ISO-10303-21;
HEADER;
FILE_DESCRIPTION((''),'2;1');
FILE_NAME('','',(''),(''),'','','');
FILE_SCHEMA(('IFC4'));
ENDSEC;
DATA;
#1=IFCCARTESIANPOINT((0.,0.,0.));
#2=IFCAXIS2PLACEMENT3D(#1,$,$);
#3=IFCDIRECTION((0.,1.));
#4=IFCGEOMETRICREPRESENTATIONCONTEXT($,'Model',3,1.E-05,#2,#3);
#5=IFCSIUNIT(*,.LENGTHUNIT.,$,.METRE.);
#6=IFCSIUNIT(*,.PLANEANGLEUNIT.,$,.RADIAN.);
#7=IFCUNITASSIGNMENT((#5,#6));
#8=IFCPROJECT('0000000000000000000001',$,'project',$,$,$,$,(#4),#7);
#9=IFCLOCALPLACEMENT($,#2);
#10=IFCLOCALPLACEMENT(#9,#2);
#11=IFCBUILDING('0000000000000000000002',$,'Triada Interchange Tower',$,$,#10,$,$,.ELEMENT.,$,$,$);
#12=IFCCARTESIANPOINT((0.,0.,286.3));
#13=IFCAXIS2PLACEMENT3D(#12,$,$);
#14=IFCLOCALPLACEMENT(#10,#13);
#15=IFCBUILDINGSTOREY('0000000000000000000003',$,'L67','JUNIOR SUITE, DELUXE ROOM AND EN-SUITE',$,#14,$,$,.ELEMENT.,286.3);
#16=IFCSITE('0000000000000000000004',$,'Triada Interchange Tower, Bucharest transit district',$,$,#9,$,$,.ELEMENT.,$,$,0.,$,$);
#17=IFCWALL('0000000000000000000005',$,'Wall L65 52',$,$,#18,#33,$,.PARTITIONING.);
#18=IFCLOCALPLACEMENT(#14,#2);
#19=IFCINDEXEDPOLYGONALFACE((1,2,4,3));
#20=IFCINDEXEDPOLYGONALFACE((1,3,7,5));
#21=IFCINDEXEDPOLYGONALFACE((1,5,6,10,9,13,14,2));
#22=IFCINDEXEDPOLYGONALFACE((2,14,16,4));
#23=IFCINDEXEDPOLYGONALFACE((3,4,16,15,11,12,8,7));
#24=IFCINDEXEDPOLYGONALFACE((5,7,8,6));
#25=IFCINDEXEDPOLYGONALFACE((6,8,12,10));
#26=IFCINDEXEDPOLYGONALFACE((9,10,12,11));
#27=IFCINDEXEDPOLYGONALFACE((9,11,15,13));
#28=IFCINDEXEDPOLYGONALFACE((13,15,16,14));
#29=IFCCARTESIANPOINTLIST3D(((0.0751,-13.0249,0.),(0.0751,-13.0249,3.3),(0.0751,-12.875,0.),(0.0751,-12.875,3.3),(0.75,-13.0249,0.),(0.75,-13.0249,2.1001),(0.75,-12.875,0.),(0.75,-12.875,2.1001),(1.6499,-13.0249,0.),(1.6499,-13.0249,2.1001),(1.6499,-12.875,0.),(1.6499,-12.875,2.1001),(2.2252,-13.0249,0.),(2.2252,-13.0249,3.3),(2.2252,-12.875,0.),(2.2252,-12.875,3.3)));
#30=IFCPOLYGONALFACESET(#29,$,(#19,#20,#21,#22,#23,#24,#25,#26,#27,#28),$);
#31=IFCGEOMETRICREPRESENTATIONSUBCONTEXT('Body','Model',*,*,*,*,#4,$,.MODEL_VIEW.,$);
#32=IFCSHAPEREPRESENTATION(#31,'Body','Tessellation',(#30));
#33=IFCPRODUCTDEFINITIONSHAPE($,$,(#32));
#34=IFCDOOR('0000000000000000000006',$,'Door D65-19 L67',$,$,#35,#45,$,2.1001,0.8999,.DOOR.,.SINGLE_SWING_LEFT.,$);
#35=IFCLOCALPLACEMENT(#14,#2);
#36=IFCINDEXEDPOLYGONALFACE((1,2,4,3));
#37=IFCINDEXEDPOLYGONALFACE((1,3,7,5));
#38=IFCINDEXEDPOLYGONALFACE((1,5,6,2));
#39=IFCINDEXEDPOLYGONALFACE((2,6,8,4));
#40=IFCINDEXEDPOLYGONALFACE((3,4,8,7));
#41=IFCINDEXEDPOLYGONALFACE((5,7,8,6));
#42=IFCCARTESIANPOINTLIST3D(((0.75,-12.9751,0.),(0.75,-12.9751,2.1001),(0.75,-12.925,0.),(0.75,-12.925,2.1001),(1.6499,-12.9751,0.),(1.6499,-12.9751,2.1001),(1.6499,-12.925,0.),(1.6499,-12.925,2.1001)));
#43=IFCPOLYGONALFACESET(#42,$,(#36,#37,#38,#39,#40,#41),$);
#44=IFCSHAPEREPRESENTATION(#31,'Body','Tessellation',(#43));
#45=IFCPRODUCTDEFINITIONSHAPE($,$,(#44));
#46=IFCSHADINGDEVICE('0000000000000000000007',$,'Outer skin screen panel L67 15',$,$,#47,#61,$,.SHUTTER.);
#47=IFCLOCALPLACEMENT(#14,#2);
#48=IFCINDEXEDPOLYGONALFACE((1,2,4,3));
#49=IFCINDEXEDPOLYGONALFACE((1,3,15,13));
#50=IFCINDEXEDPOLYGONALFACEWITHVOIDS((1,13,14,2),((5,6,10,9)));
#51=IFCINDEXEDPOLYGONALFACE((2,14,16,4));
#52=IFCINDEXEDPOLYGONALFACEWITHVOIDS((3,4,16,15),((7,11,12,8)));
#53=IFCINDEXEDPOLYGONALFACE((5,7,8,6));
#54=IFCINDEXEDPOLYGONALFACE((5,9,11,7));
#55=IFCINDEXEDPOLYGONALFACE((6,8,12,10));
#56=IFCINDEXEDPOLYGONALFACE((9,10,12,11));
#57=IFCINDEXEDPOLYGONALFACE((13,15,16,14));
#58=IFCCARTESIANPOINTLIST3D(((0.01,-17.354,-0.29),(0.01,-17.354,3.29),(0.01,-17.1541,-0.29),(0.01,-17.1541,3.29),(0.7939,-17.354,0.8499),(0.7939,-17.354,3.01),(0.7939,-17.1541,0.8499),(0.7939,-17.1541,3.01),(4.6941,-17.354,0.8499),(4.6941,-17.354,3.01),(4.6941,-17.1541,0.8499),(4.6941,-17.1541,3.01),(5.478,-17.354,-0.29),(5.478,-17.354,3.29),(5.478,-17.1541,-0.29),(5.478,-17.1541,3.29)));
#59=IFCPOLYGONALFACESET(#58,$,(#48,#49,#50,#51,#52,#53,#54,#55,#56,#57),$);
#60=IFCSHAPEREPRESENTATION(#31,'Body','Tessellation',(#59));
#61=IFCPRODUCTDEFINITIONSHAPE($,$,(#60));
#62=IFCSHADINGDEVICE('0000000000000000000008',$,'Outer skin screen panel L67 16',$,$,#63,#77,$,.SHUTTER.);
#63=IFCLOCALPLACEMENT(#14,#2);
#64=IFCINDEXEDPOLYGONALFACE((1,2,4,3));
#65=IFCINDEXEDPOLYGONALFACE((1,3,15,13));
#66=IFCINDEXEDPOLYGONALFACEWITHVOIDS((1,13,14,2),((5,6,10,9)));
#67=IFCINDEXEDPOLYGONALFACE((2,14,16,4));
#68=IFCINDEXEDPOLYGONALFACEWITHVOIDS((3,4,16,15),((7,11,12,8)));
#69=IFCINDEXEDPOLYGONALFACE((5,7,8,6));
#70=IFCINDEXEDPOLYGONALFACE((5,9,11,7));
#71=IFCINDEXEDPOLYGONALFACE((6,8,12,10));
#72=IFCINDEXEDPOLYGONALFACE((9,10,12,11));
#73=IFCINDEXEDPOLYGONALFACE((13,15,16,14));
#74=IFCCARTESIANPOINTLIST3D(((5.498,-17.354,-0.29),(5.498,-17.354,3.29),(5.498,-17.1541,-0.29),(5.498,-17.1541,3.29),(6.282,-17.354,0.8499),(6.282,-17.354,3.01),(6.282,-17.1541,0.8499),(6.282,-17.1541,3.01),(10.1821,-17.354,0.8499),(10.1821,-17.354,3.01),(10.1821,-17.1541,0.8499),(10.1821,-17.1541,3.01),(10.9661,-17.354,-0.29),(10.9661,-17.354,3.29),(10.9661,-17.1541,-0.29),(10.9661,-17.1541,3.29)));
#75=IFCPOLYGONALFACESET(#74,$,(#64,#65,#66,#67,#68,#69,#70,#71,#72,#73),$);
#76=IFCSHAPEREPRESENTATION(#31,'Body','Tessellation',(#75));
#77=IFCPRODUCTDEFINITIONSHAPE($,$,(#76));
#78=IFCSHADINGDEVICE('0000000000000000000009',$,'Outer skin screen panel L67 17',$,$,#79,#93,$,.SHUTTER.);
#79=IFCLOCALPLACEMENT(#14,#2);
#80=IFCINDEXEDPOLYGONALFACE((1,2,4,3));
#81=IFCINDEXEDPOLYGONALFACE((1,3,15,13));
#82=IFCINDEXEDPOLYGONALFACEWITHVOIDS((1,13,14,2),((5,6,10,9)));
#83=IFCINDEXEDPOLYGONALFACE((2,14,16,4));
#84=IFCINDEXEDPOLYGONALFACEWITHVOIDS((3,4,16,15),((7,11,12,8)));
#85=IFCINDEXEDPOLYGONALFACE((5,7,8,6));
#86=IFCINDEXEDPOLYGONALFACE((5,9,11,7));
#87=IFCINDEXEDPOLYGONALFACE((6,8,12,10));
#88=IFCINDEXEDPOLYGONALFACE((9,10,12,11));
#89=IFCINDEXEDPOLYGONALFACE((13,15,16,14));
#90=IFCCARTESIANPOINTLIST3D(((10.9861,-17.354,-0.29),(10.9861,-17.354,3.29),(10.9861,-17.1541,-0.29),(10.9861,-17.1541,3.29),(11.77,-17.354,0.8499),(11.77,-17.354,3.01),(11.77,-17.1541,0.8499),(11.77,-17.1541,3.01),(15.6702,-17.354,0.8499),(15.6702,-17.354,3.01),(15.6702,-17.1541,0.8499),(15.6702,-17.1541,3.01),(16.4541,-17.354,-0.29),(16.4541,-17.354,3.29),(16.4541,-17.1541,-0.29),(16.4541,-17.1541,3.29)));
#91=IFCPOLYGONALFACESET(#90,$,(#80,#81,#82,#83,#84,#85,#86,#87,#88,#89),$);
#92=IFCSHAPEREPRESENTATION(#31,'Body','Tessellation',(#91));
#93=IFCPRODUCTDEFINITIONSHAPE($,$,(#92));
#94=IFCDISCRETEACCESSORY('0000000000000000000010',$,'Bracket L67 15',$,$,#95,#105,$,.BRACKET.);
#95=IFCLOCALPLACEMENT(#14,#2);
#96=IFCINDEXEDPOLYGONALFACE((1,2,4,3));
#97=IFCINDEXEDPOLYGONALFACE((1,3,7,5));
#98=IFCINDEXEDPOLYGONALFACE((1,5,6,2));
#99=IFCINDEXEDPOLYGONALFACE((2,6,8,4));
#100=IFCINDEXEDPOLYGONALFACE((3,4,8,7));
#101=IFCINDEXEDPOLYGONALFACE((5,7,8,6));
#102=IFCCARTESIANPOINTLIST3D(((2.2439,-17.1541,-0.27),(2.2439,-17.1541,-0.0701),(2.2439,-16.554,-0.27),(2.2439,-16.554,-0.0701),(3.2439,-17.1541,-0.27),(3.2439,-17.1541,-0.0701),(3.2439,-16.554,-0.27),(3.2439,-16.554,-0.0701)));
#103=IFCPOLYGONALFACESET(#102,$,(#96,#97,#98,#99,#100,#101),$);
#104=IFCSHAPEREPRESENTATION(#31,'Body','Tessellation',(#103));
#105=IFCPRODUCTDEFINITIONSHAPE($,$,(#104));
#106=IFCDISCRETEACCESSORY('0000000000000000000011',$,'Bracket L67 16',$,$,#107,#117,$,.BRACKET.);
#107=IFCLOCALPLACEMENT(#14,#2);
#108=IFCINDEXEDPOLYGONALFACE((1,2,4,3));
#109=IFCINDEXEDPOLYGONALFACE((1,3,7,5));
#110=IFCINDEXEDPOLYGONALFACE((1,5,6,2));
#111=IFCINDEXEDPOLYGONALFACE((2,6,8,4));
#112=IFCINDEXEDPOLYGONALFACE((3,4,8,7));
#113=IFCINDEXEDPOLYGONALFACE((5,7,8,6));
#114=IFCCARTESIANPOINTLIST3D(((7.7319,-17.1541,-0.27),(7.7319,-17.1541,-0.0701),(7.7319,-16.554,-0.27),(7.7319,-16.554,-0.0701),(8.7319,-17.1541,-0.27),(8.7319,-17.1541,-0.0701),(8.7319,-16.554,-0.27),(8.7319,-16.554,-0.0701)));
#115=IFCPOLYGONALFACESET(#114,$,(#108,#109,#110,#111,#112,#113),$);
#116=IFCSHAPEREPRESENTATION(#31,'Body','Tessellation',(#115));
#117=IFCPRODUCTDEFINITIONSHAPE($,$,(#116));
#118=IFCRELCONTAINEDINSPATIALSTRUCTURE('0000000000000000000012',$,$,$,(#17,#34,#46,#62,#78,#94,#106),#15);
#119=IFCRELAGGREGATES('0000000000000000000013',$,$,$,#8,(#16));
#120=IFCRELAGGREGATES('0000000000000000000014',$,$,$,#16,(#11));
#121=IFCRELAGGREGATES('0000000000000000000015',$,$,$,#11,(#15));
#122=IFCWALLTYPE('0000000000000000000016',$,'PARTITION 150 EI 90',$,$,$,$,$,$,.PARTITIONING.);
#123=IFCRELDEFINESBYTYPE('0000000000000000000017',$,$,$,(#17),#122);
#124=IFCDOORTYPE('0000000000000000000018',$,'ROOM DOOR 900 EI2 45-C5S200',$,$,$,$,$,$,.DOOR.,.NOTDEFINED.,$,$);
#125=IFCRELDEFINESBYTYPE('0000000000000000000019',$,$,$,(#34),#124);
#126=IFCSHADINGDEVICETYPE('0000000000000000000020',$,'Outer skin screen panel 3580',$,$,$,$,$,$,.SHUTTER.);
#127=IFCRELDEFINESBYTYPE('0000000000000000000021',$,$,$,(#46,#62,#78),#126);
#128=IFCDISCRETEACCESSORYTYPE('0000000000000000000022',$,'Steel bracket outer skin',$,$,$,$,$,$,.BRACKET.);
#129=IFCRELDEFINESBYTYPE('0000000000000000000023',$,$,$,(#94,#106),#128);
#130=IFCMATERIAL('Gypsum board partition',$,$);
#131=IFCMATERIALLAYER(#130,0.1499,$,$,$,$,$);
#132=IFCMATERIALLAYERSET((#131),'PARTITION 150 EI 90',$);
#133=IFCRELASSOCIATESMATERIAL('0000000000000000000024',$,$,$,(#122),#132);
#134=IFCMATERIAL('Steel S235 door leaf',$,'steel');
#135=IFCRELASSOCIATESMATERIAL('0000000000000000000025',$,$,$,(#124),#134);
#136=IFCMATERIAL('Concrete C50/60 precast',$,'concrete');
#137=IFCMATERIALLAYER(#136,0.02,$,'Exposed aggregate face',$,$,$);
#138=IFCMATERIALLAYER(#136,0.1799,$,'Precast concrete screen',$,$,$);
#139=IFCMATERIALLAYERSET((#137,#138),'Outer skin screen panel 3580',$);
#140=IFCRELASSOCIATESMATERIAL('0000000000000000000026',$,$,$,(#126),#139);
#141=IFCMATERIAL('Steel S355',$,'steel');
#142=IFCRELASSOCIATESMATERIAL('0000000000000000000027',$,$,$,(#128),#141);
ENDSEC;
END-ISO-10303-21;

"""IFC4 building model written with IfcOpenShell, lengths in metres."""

from ifc_helpers import new_model, si_unit, direction, frame, frame_2d, origin, origin_2d, place, context, subcontext, project, spatial, polyline, rectangle, outline, extrude, material, layer, layer_set, type_object, element, fill, save


model = new_model("IFC4")

# Units and contexts
model_context = context("Model", 3, precision=1e-05, world=origin(), true_north=direction((0.0, 1.0)))
body_context = subcontext(model_context, "Body", "Model", "MODEL_VIEW")
ifc_project = project(units=[si_unit("LENGTHUNIT", "METRE"), si_unit("PLANEANGLEUNIT", "RADIAN")], contexts=[model_context])

# Site, building, storey
site_placement = place(None, origin())
site = spatial("IfcSite", under=ifc_project, at=site_placement, Name="Triada Interchange Tower, Bucharest transit district", CompositionType="ELEMENT", RefElevation=0.0)
building_placement = place(site_placement, origin())
building = spatial("IfcBuilding", under=site, at=building_placement, Name="Triada Interchange Tower", CompositionType="ELEMENT")
storey_placement = place(building_placement, frame((0.0, 0.0, 286.3)))
storey = spatial("IfcBuildingStorey", under=building, at=storey_placement, Name="L67", Description="JUNIOR SUITE, DELUXE ROOM AND EN-SUITE", CompositionType="ELEMENT", Elevation=286.3)

# Shared definitions
ifc_material_1 = material(Name="Gypsum board partition")
ifc_layer_1 = layer(ifc_material_1, 0.1499)
ifc_layer_set_1 = layer_set([ifc_layer_1], Name="PARTITION 150 EI 90")
wall_type_1 = type_object("IfcWallType", Name="PARTITION 150 EI 90", PredefinedType="PARTITIONING", material=ifc_layer_set_1)

# Wall, opening, door
wall_1_placement = place(storey_placement, frame((0.075, -12.95, 0.0), z_axis=(0.0, 0.0, 1.0), x_axis=(1.0, 0.0, 0.0)))
wall_1 = element("IfcWall", 1, at=wall_1_placement, inside=storey, type_object=wall_type_1, Name="Wall L65 52", PredefinedType="PARTITIONING", context=body_context, shape_type="SweptSolid", body=[
    extrude(rectangle(XDim=2.1501, YDim=0.1499, at=frame_2d((1.0752, 0.0))), origin(), (0.0, 0.0, 1.0), 3.3),
])
opening_placement = place(wall_1_placement, frame((0.675, 0.0, 0.0)))
opening = element("IfcOpeningElement", 2, at=opening_placement, cuts=wall_1, PredefinedType="OPENING", context=body_context, shape_type="SweptSolid", body=[
    extrude(rectangle(XDim=0.8999, YDim=2.1001, at=frame_2d((0.45, 1.05))), frame((0.0, 0.085, 0.0), z_axis=(0.0, -1.0, 0.0), x_axis=(1.0, 0.0, 0.0)), (0.0, 0.0, 1.0), 0.1699),
])
ifc_material_2 = material(Name="Steel S235 door leaf", Category="steel")
door_type = type_object("IfcDoorType", Name="ROOM DOOR 900 EI2 45-C5S200", OperationType="NOTDEFINED", PredefinedType="DOOR", material=ifc_material_2)
door_placement = place(opening_placement, origin())
door = element("IfcDoor", 3, at=door_placement, inside=storey, type_object=door_type, Name="Door D65-19 L67", OperationType="SINGLE_SWING_LEFT", OverallHeight=2.1001, OverallWidth=0.8999, PredefinedType="DOOR", context=body_context, shape_type="SweptSolid", body=[
    extrude(rectangle(XDim=0.8999, YDim=2.1001, at=frame_2d((0.45, 1.05))), frame((0.0, 0.0249, 0.0), z_axis=(0.0, -1.0, 0.0), x_axis=(1.0, 0.0, 0.0)), (0.0, 0.0, 1.0), 0.05),
])
fill(opening, door)

# Shading devices
ifc_material_3 = material(Name="Concrete C50/60 precast", Category="concrete")
ifc_layer_2 = layer(ifc_material_3, 0.02, Name="Exposed aggregate face")
ifc_layer_3 = layer(ifc_material_3, 0.1799, Name="Precast concrete screen")
ifc_layer_set_2 = layer_set([ifc_layer_2, ifc_layer_3], Name="Outer skin screen panel 3580")
shading_device_type = type_object("IfcShadingDeviceType", Name="Outer skin screen panel 3580", PredefinedType="SHUTTER", material=ifc_layer_set_2)
for number, where, z_axis, x_axis, name in (
    (4, (0.01, -17.1541, -0.29), (0.0, 0.0, 1.0), (1.0, 0.0, 0.0), "Outer skin screen panel L67 15"),
    (5, (5.498, -17.1541, -0.29), (0.0, 0.0, 1.0), (1.0, 0.0, 0.0), "Outer skin screen panel L67 16"),
    (6, (10.9861, -17.1541, -0.29), (0.0, 0.0, 1.0), (1.0, 0.0, 0.0), "Outer skin screen panel L67 17"),
):
    element("IfcShadingDevice", number, at=place(storey_placement, frame(where, z_axis=z_axis, x_axis=x_axis)), inside=storey, type_object=shading_device_type, Name=name, PredefinedType="SHUTTER", context=body_context, shape_type="SweptSolid", body=[
        extrude(outline(polyline([(0.0, 0.0), (5.468, 0.0), (5.468, 3.5801), (0.0, 3.5801), (0.0, 0.0)]), holes=[polyline([(0.7839, 1.1399), (0.7839, 3.3), (4.6841, 3.3), (4.6841, 1.1399), (0.7839, 1.1399)])]), frame((0.0, 0.0, 0.0), z_axis=(0.0, -1.0, 0.0), x_axis=(1.0, 0.0, 0.0)), (0.0, 0.0, 1.0), 0.2),
    ])

# Discrete accessories
ifc_material_4 = material(Name="Steel S355", Category="steel")
discrete_accessory_type = type_object("IfcDiscreteAccessoryType", Name="Steel bracket outer skin", PredefinedType="BRACKET", material=ifc_material_4)
for number, where, z_axis, x_axis, name in (
    (7, (2.7439, -16.854, -0.27), (0.0, 0.0, 1.0), (0.0, -1.0, 0.0), "Bracket L67 15"),
    (8, (8.2319, -16.854, -0.27), (0.0, 0.0, 1.0), (0.0, -1.0, 0.0), "Bracket L67 16"),
):
    element("IfcDiscreteAccessory", number, at=place(storey_placement, frame(where, z_axis=z_axis, x_axis=x_axis)), inside=storey, type_object=discrete_accessory_type, Name=name, PredefinedType="BRACKET", context=body_context, shape_type="SweptSolid", body=[
        extrude(rectangle(XDim=0.6001, YDim=1.0, at=origin_2d()), origin(), (0.0, 0.0, 1.0), 0.2),
    ])

save(model, "model.ifc")
